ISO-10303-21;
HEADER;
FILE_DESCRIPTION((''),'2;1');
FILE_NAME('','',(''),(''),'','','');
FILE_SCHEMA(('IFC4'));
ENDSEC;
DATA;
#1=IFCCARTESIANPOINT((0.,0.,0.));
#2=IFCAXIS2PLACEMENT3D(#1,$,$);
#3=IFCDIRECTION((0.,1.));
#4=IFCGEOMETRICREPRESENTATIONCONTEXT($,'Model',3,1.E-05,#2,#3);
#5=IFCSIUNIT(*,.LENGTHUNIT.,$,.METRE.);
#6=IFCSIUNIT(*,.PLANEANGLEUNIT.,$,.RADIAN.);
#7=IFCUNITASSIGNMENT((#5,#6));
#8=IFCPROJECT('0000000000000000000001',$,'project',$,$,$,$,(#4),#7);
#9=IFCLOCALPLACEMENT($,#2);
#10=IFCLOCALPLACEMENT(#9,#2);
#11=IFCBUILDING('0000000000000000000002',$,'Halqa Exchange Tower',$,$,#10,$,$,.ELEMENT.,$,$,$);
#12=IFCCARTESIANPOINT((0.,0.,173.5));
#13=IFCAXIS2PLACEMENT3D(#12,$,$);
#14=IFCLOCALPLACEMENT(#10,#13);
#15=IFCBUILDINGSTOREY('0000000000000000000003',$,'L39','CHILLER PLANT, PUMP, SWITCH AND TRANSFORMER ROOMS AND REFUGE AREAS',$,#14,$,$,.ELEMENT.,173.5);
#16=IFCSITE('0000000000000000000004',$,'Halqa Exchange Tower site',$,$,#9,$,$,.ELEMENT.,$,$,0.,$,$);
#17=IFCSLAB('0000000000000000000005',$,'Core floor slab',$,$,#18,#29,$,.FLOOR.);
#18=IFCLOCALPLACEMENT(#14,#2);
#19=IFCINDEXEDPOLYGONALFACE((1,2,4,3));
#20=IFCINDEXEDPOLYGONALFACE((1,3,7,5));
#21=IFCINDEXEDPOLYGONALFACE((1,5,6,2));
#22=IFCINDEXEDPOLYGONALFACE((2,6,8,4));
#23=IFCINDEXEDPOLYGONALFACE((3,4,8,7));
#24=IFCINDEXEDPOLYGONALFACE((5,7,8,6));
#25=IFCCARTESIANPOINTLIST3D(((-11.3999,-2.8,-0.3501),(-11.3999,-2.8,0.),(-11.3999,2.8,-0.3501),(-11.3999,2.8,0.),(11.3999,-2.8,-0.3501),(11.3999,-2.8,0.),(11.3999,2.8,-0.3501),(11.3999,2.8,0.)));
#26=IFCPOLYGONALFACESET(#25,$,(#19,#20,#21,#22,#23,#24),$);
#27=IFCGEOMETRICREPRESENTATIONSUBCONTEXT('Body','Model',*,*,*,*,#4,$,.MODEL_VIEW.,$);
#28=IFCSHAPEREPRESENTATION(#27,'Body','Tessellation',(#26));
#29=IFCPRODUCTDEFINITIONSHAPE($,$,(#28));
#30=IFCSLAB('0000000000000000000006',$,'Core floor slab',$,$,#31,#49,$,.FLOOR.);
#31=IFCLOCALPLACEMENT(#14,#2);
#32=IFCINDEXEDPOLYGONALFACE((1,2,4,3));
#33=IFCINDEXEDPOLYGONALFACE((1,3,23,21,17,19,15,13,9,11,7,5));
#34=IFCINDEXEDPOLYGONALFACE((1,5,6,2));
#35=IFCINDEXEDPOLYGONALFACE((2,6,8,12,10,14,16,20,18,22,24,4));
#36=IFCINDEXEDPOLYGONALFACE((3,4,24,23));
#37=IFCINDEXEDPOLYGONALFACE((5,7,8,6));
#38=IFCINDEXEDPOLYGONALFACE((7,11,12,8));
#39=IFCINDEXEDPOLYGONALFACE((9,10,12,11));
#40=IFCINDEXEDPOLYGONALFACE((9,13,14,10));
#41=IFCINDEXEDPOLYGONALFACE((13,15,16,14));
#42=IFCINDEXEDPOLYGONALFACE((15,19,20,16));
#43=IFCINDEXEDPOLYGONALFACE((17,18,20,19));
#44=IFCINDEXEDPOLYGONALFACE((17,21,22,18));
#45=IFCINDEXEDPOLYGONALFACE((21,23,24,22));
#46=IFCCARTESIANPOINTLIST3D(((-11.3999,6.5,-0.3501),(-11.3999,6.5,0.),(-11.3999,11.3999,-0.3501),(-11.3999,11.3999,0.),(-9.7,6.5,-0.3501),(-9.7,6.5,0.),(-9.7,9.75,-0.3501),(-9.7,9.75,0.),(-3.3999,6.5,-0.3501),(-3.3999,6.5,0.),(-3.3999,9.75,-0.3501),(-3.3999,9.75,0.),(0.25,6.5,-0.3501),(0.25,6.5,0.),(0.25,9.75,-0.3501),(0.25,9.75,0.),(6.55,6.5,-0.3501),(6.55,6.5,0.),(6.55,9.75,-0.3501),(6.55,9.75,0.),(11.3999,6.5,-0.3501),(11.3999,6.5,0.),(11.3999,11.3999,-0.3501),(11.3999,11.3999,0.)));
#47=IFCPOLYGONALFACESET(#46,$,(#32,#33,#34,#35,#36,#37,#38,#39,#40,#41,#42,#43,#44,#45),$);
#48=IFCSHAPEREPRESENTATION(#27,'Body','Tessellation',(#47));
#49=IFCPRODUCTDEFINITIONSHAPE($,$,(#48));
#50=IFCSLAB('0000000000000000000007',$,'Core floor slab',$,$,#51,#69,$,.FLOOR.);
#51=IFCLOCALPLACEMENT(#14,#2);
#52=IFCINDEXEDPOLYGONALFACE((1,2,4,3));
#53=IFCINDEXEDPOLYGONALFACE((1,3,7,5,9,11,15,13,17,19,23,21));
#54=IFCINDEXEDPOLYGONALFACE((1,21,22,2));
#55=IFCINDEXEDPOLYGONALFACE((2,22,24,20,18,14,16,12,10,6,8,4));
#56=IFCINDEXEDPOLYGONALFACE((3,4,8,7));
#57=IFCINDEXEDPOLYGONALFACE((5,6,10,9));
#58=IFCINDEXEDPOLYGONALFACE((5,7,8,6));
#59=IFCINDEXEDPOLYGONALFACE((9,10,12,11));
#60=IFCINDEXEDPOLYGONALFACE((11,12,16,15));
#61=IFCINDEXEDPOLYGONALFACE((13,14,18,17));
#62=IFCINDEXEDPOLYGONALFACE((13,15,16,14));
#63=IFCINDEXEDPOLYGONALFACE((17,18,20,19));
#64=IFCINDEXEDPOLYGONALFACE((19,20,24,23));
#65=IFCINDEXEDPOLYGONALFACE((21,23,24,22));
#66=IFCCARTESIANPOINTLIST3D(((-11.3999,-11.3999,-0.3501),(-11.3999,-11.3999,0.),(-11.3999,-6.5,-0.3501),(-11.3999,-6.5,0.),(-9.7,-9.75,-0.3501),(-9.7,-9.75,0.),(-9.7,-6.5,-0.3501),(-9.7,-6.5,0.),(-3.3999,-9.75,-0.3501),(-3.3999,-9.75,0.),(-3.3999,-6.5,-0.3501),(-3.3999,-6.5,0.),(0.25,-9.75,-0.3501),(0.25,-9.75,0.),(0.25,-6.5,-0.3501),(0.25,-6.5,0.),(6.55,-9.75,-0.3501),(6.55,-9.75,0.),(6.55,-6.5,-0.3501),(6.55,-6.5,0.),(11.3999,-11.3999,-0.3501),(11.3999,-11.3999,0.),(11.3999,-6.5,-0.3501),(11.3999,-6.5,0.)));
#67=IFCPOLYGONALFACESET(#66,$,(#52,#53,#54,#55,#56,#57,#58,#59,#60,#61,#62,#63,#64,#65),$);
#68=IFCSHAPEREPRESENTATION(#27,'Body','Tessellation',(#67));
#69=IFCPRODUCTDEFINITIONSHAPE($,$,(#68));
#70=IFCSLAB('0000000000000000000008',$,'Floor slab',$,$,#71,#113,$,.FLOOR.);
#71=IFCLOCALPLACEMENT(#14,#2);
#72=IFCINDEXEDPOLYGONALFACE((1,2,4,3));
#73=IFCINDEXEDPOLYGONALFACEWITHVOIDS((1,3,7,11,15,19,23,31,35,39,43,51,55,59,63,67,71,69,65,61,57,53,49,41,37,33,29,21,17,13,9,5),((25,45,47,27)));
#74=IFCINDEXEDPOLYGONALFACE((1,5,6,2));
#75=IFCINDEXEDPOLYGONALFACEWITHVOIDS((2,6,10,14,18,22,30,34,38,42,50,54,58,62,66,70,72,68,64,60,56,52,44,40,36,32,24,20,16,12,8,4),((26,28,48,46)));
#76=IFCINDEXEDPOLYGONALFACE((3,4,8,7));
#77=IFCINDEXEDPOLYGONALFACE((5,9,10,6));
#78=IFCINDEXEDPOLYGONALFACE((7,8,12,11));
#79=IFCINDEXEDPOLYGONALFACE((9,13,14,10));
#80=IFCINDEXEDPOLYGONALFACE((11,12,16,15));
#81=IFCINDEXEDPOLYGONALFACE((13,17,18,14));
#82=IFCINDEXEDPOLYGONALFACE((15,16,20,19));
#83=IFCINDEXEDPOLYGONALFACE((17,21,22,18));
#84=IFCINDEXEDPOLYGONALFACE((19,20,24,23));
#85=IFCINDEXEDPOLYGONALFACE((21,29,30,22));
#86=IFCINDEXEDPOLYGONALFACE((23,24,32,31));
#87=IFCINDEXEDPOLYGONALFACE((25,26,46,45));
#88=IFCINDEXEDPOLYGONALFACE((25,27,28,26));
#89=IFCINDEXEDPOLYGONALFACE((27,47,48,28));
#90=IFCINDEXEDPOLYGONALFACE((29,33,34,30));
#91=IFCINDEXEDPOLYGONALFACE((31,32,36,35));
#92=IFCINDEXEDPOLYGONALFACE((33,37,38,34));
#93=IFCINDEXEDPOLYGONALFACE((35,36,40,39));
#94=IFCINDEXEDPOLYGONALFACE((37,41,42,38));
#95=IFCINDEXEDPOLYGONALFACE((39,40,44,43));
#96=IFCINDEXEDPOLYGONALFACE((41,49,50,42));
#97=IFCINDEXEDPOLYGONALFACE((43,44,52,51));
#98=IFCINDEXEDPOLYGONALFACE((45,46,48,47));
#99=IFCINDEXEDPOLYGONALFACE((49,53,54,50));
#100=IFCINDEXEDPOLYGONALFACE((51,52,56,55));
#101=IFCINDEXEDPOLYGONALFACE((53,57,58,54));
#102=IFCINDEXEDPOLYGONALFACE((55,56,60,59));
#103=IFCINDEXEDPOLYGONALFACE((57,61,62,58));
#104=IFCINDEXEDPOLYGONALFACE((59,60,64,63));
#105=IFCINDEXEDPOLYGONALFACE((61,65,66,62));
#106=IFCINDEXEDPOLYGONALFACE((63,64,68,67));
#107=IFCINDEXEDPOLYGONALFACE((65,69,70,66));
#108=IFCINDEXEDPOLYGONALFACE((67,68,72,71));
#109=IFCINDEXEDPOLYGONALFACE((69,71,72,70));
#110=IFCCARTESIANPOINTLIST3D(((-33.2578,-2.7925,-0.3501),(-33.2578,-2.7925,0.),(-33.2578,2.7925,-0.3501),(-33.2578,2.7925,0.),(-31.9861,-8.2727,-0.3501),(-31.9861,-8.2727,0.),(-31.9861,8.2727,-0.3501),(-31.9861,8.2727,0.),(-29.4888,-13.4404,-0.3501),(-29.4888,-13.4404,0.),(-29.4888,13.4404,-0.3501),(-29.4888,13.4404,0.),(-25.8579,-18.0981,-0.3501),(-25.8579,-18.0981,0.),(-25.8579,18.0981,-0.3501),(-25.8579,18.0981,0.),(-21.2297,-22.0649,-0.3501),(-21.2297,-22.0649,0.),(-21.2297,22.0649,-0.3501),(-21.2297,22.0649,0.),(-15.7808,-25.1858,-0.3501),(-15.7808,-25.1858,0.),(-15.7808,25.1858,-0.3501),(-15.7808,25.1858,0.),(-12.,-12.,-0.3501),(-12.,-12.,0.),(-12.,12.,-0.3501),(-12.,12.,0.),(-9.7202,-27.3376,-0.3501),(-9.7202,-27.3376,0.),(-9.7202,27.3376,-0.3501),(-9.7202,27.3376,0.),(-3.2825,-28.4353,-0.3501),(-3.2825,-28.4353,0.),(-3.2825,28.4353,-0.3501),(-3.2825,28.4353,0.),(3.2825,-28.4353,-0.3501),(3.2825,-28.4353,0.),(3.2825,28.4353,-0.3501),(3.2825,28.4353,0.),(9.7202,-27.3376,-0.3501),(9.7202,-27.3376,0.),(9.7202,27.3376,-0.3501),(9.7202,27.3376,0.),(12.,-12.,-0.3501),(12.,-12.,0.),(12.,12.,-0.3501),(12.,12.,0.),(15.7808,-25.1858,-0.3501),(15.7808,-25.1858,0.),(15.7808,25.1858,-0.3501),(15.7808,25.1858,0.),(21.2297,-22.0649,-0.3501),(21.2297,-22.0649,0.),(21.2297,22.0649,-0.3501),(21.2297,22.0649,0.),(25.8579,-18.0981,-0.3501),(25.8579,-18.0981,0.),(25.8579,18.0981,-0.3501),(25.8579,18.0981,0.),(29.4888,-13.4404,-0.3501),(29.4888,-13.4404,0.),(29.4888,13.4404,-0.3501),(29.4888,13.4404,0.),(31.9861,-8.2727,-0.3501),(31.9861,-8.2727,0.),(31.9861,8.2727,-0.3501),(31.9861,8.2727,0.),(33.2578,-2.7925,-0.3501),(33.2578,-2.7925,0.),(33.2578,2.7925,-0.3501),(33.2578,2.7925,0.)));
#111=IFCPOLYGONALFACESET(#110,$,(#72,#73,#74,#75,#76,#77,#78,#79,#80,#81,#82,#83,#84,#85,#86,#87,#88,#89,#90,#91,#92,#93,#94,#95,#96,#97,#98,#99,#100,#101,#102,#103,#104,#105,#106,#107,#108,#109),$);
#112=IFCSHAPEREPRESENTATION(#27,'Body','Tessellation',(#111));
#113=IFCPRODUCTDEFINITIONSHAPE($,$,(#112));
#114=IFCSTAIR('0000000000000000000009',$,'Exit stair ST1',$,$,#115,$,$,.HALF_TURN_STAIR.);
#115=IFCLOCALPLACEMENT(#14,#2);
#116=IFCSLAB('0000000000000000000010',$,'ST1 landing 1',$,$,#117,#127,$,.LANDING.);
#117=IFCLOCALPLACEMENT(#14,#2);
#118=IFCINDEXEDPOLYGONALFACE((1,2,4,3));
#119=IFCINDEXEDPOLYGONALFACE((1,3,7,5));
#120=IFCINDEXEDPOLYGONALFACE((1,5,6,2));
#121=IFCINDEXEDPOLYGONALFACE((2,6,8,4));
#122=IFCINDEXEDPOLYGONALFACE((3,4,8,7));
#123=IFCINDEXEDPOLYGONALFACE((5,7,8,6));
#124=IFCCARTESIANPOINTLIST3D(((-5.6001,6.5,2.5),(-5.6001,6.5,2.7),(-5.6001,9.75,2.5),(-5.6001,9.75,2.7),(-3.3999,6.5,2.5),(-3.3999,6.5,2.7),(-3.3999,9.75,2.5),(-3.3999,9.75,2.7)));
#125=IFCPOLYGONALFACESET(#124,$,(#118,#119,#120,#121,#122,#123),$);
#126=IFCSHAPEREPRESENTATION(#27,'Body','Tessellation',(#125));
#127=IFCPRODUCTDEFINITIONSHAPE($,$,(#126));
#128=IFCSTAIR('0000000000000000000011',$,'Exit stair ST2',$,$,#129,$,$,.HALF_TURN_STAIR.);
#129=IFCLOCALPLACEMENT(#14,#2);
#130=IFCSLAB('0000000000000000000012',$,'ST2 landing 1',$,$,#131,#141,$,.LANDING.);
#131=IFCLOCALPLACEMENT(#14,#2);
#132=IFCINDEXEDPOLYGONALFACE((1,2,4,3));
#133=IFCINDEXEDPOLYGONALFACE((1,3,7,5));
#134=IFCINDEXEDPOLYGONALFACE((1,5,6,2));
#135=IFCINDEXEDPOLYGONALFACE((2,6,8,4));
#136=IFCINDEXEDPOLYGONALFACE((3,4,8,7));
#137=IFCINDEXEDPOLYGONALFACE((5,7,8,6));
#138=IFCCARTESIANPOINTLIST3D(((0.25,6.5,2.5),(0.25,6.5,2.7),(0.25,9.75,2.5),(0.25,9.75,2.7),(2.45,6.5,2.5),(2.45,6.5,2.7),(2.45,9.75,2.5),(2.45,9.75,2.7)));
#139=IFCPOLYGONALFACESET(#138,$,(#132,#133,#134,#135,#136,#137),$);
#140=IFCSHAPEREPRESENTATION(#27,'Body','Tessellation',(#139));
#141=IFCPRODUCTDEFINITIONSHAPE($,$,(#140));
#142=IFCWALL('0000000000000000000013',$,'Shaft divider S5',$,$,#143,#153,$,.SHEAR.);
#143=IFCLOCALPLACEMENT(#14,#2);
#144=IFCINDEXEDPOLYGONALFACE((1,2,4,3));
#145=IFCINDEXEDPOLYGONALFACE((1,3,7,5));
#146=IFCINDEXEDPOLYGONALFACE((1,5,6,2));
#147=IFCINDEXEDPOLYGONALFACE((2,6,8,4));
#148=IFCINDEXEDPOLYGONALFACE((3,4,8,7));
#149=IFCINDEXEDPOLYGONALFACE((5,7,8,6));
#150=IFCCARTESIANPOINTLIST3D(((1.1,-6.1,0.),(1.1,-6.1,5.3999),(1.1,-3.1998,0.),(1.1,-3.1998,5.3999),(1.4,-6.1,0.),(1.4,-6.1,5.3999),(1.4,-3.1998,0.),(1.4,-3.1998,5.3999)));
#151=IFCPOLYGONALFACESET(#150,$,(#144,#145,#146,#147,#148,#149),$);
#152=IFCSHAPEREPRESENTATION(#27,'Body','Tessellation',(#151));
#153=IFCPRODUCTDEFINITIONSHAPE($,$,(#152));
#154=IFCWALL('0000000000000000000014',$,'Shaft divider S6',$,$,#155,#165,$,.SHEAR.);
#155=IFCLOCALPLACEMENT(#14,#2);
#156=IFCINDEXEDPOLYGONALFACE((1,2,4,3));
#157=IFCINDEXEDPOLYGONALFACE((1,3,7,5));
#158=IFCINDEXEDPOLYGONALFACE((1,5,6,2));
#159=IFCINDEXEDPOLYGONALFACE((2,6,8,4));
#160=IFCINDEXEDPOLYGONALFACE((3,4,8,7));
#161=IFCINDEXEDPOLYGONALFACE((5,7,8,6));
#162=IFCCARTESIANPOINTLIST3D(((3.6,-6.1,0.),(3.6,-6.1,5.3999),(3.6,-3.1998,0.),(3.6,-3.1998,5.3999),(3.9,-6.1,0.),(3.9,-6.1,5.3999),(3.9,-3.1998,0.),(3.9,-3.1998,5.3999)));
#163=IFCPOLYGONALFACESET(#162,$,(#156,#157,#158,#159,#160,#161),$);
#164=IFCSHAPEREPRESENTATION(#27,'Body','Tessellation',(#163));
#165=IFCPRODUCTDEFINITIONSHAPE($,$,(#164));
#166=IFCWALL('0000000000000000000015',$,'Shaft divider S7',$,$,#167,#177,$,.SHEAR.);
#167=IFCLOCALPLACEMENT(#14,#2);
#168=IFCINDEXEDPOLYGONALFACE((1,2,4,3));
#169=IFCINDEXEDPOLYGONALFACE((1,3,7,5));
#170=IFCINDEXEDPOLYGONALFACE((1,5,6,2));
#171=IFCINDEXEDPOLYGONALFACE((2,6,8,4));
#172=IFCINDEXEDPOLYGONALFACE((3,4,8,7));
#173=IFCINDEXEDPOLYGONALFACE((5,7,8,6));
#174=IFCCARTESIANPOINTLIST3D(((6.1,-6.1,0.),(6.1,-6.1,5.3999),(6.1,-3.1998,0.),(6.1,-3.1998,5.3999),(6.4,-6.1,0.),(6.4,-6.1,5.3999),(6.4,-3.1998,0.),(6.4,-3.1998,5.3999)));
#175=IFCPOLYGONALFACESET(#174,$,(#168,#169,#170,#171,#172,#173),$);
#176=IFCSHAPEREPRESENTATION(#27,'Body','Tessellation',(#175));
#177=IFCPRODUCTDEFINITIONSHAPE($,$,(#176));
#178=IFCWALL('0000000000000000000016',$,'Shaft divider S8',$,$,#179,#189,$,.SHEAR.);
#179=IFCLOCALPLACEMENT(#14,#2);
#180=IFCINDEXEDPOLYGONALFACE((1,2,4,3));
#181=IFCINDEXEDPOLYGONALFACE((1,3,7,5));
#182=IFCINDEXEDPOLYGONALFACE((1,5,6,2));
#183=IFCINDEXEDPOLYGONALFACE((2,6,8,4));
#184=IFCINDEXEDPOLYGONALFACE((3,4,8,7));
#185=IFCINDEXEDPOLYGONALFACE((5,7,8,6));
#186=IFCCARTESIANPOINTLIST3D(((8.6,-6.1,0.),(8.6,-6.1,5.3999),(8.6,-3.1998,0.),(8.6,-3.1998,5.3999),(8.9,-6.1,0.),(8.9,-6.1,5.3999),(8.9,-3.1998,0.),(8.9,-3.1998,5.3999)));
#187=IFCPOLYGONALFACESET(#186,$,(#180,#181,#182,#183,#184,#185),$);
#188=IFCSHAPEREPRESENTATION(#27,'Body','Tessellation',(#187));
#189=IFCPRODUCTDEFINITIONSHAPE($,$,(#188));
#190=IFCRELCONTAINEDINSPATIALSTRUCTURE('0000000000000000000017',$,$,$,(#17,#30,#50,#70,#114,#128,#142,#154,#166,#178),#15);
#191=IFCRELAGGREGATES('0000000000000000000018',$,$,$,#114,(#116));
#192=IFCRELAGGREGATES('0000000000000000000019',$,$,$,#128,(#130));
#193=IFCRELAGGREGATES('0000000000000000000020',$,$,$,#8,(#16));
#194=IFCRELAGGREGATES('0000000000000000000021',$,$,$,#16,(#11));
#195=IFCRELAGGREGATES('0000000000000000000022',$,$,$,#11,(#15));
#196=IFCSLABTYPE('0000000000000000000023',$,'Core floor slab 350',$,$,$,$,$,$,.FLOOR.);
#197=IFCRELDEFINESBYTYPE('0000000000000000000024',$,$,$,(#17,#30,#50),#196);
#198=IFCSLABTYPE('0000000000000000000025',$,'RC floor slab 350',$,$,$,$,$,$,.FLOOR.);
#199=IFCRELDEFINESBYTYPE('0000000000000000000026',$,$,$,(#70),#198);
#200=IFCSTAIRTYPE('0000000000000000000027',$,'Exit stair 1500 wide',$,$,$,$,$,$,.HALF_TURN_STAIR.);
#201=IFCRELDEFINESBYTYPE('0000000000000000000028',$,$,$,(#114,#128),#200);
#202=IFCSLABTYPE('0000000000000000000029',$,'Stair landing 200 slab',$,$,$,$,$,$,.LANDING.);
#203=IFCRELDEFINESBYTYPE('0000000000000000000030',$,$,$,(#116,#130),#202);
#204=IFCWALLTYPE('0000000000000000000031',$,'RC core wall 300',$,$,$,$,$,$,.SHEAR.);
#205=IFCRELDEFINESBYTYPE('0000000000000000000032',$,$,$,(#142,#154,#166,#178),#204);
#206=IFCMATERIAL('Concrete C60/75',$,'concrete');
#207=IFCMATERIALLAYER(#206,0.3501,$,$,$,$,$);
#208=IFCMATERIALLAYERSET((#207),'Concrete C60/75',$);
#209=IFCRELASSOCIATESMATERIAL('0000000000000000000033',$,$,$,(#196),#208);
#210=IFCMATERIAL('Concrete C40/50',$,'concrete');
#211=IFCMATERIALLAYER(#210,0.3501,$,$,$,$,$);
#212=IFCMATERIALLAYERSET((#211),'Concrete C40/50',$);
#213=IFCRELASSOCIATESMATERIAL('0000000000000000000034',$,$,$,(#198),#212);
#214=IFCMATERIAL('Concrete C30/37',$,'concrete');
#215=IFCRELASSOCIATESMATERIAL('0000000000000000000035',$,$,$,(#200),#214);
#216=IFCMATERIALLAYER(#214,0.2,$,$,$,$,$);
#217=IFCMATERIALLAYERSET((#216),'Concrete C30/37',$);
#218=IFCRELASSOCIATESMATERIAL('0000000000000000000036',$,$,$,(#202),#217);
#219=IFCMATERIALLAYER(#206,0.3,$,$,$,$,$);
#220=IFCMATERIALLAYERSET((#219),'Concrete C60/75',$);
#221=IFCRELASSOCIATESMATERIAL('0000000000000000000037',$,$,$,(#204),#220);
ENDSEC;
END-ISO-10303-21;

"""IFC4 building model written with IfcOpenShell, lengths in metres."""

from ifc_helpers import new_model, si_unit, direction, frame, frame_2d, origin, place, context, subcontext, project, spatial, polyline, rectangle, outline, extrude, material, layer, layer_set, type_object, element, aggregate, save


model = new_model("IFC4")

# Units and contexts
model_context = context("Model", 3, precision=1e-05, world=origin(), true_north=direction((0.0, 1.0)))
body_context = subcontext(model_context, "Body", "Model", "MODEL_VIEW")
ifc_project = project(units=[si_unit("LENGTHUNIT", "METRE"), si_unit("PLANEANGLEUNIT", "RADIAN")], contexts=[model_context])

# Site, building, storey
site_placement = place(None, origin())
site = spatial("IfcSite", under=ifc_project, at=site_placement, Name="Halqa Exchange Tower site", CompositionType="ELEMENT", RefElevation=0.0)
building_placement = place(site_placement, origin())
building = spatial("IfcBuilding", under=site, at=building_placement, Name="Halqa Exchange Tower", CompositionType="ELEMENT")
storey_placement = place(building_placement, frame((0.0, 0.0, 173.5)))
storey = spatial("IfcBuildingStorey", under=building, at=storey_placement, Name="L39", Description="CHILLER PLANT, PUMP, SWITCH AND TRANSFORMER ROOMS AND REFUGE AREAS", CompositionType="ELEMENT", Elevation=173.5)

# Slabs
ifc_material_1 = material(Name="Concrete C60/75", Category="concrete")
ifc_layer_1 = layer(ifc_material_1, 0.3501)
ifc_layer_set_1 = layer_set([ifc_layer_1], Name="Concrete C60/75")
slab_type_1 = type_object("IfcSlabType", Name="Core floor slab 350", PredefinedType="FLOOR", material=ifc_layer_set_1)
slab_1_placement = place(storey_placement, frame((0.0, 0.0, -0.3501)))
element("IfcSlab", 1, at=slab_1_placement, inside=storey, type_object=slab_type_1, Name="Core floor slab", PredefinedType="FLOOR", context=body_context, shape_type="SweptSolid", body=[
    extrude(outline(polyline([(-11.3999, 2.8), (11.3999, 2.8), (11.3999, -2.8), (-11.3999, -2.8), (-11.3999, 2.8)])), origin(), (0.0, 0.0, 1.0), 0.3501),
])
slab_2_placement = place(storey_placement, frame((0.0, 0.0, -0.3501)))
element("IfcSlab", 2, at=slab_2_placement, inside=storey, type_object=slab_type_1, Name="Core floor slab", PredefinedType="FLOOR", context=body_context, shape_type="SweptSolid", body=[
    extrude(outline(polyline([(-11.3999, 11.3999), (11.3999, 11.3999), (11.3999, 6.5), (6.55, 6.5), (6.55, 9.75), (0.25, 9.75), (0.25, 6.5), (-3.3999, 6.5), (-3.3999, 9.75), (-9.7, 9.75), (-9.7, 6.5), (-11.3999, 6.5), (-11.3999, 11.3999)])), origin(), (0.0, 0.0, 1.0), 0.3501),
])
slab_3_placement = place(storey_placement, frame((0.0, 0.0, -0.3501)))
element("IfcSlab", 3, at=slab_3_placement, inside=storey, type_object=slab_type_1, Name="Core floor slab", PredefinedType="FLOOR", context=body_context, shape_type="SweptSolid", body=[
    extrude(outline(polyline([(-9.7, -9.75), (-3.3999, -9.75), (-3.3999, -6.5), (0.25, -6.5), (0.25, -9.75), (6.55, -9.75), (6.55, -6.5), (11.3999, -6.5), (11.3999, -11.3999), (-11.3999, -11.3999), (-11.3999, -6.5), (-9.7, -6.5), (-9.7, -9.75)])), origin(), (0.0, 0.0, 1.0), 0.3501),
])
ifc_material_2 = material(Name="Concrete C40/50", Category="concrete")
ifc_layer_2 = layer(ifc_material_2, 0.3501)
ifc_layer_set_2 = layer_set([ifc_layer_2], Name="Concrete C40/50")
slab_type_2 = type_object("IfcSlabType", Name="RC floor slab 350", PredefinedType="FLOOR", material=ifc_layer_set_2)
slab_4_placement = place(storey_placement, frame((0.0, 0.0, -0.3501)))
element("IfcSlab", 4, at=slab_4_placement, inside=storey, type_object=slab_type_2, Name="Floor slab", PredefinedType="FLOOR", context=body_context, shape_type="SweptSolid", body=[
    extrude(outline(polyline([(33.2578, 2.7925), (33.2578, -2.7925), (31.9861, -8.2727), (29.4888, -13.4404), (25.8579, -18.0981), (21.2297, -22.0649), (15.7808, -25.1858), (9.7202, -27.3376), (3.2825, -28.4353), (-3.2825, -28.4353), (-9.7202, -27.3376), (-15.7808, -25.1858), (-21.2297, -22.0649), (-25.8579, -18.0981), (-29.4888, -13.4404), (-31.9861, -8.2727), (-33.2578, -2.7925), (-33.2578, 2.7925), (-31.9861, 8.2727), (-29.4888, 13.4404), (-25.8579, 18.0981), (-21.2297, 22.0649), (-15.7808, 25.1858), (-9.7202, 27.3376), (-3.2825, 28.4353), (3.2825, 28.4353), (9.7202, 27.3376), (15.7808, 25.1858), (21.2297, 22.0649), (25.8579, 18.0981), (29.4888, 13.4404), (31.9861, 8.2727), (33.2578, 2.7925)]), holes=[polyline([(-12.0, -12.0), (12.0, -12.0), (12.0, 12.0), (-12.0, 12.0), (-12.0, -12.0)])]), origin(), (0.0, 0.0, 1.0), 0.3501),
])

# Stairs, slabs
ifc_material_3 = material(Name="Concrete C30/37", Category="concrete")
stair_type = type_object("IfcStairType", Name="Exit stair 1500 wide", PredefinedType="HALF_TURN_STAIR", material=ifc_material_3)
stair_1_placement = place(storey_placement, origin())
stair_1 = element("IfcStair", 5, at=stair_1_placement, inside=storey, type_object=stair_type, Name="Exit stair ST1", PredefinedType="HALF_TURN_STAIR")
ifc_layer_3 = layer(ifc_material_3, 0.2)
ifc_layer_set_3 = layer_set([ifc_layer_3], Name="Concrete C30/37")
slab_type_3 = type_object("IfcSlabType", Name="Stair landing 200 slab", PredefinedType="LANDING", material=ifc_layer_set_3)
slab_5_placement = place(storey_placement, frame((0.0, 0.0, 2.5)))
slab_5 = element("IfcSlab", 6, at=slab_5_placement, type_object=slab_type_3, Name="ST1 landing 1", PredefinedType="LANDING", context=body_context, shape_type="SweptSolid", body=[
    extrude(outline(polyline([(-5.6001, 6.5), (-3.3999, 6.5), (-3.3999, 9.75), (-5.6001, 9.75), (-5.6001, 6.5)])), origin(), (0.0, 0.0, 1.0), 0.2),
])
aggregate(stair_1, [slab_5])
stair_2_placement = place(storey_placement, origin())
stair_2 = element("IfcStair", 7, at=stair_2_placement, inside=storey, type_object=stair_type, Name="Exit stair ST2", PredefinedType="HALF_TURN_STAIR")
slab_6_placement = place(storey_placement, frame((0.0, 0.0, 2.5)))
slab_6 = element("IfcSlab", 8, at=slab_6_placement, type_object=slab_type_3, Name="ST2 landing 1", PredefinedType="LANDING", context=body_context, shape_type="SweptSolid", body=[
    extrude(outline(polyline([(0.25, 6.5), (2.45, 6.5), (2.45, 9.75), (0.25, 9.75), (0.25, 6.5)])), origin(), (0.0, 0.0, 1.0), 0.2),
])
aggregate(stair_2, [slab_6])

# Walls
ifc_layer_4 = layer(ifc_material_1, 0.3)
ifc_layer_set_4 = layer_set([ifc_layer_4], Name="Concrete C60/75")
wall_type_1 = type_object("IfcWallType", Name="RC core wall 300", PredefinedType="SHEAR", material=ifc_layer_set_4)
for number, where, z_axis, x_axis, name in (
    (9, (1.25, -6.1001, 0.0), (0.0, 0.0, 1.0), (0.0, 1.0, 0.0), "Shaft divider S5"),
    (10, (3.75, -6.1001, 0.0), (0.0, 0.0, 1.0), (0.0, 1.0, 0.0), "Shaft divider S6"),
    (11, (6.25, -6.1001, 0.0), (0.0, 0.0, 1.0), (0.0, 1.0, 0.0), "Shaft divider S7"),
    (12, (8.75, -6.1001, 0.0), (0.0, 0.0, 1.0), (0.0, 1.0, 0.0), "Shaft divider S8"),
):
    element("IfcWall", number, at=place(storey_placement, frame(where, z_axis=z_axis, x_axis=x_axis)), inside=storey, type_object=wall_type_1, Name=name, PredefinedType="SHEAR", context=body_context, shape_type="SweptSolid", body=[
        extrude(rectangle(XDim=2.9001, YDim=0.3, at=frame_2d((1.4502, 0.0))), origin(), (0.0, 0.0, 1.0), 5.3999),
    ])

save(model, "model.ifc")
